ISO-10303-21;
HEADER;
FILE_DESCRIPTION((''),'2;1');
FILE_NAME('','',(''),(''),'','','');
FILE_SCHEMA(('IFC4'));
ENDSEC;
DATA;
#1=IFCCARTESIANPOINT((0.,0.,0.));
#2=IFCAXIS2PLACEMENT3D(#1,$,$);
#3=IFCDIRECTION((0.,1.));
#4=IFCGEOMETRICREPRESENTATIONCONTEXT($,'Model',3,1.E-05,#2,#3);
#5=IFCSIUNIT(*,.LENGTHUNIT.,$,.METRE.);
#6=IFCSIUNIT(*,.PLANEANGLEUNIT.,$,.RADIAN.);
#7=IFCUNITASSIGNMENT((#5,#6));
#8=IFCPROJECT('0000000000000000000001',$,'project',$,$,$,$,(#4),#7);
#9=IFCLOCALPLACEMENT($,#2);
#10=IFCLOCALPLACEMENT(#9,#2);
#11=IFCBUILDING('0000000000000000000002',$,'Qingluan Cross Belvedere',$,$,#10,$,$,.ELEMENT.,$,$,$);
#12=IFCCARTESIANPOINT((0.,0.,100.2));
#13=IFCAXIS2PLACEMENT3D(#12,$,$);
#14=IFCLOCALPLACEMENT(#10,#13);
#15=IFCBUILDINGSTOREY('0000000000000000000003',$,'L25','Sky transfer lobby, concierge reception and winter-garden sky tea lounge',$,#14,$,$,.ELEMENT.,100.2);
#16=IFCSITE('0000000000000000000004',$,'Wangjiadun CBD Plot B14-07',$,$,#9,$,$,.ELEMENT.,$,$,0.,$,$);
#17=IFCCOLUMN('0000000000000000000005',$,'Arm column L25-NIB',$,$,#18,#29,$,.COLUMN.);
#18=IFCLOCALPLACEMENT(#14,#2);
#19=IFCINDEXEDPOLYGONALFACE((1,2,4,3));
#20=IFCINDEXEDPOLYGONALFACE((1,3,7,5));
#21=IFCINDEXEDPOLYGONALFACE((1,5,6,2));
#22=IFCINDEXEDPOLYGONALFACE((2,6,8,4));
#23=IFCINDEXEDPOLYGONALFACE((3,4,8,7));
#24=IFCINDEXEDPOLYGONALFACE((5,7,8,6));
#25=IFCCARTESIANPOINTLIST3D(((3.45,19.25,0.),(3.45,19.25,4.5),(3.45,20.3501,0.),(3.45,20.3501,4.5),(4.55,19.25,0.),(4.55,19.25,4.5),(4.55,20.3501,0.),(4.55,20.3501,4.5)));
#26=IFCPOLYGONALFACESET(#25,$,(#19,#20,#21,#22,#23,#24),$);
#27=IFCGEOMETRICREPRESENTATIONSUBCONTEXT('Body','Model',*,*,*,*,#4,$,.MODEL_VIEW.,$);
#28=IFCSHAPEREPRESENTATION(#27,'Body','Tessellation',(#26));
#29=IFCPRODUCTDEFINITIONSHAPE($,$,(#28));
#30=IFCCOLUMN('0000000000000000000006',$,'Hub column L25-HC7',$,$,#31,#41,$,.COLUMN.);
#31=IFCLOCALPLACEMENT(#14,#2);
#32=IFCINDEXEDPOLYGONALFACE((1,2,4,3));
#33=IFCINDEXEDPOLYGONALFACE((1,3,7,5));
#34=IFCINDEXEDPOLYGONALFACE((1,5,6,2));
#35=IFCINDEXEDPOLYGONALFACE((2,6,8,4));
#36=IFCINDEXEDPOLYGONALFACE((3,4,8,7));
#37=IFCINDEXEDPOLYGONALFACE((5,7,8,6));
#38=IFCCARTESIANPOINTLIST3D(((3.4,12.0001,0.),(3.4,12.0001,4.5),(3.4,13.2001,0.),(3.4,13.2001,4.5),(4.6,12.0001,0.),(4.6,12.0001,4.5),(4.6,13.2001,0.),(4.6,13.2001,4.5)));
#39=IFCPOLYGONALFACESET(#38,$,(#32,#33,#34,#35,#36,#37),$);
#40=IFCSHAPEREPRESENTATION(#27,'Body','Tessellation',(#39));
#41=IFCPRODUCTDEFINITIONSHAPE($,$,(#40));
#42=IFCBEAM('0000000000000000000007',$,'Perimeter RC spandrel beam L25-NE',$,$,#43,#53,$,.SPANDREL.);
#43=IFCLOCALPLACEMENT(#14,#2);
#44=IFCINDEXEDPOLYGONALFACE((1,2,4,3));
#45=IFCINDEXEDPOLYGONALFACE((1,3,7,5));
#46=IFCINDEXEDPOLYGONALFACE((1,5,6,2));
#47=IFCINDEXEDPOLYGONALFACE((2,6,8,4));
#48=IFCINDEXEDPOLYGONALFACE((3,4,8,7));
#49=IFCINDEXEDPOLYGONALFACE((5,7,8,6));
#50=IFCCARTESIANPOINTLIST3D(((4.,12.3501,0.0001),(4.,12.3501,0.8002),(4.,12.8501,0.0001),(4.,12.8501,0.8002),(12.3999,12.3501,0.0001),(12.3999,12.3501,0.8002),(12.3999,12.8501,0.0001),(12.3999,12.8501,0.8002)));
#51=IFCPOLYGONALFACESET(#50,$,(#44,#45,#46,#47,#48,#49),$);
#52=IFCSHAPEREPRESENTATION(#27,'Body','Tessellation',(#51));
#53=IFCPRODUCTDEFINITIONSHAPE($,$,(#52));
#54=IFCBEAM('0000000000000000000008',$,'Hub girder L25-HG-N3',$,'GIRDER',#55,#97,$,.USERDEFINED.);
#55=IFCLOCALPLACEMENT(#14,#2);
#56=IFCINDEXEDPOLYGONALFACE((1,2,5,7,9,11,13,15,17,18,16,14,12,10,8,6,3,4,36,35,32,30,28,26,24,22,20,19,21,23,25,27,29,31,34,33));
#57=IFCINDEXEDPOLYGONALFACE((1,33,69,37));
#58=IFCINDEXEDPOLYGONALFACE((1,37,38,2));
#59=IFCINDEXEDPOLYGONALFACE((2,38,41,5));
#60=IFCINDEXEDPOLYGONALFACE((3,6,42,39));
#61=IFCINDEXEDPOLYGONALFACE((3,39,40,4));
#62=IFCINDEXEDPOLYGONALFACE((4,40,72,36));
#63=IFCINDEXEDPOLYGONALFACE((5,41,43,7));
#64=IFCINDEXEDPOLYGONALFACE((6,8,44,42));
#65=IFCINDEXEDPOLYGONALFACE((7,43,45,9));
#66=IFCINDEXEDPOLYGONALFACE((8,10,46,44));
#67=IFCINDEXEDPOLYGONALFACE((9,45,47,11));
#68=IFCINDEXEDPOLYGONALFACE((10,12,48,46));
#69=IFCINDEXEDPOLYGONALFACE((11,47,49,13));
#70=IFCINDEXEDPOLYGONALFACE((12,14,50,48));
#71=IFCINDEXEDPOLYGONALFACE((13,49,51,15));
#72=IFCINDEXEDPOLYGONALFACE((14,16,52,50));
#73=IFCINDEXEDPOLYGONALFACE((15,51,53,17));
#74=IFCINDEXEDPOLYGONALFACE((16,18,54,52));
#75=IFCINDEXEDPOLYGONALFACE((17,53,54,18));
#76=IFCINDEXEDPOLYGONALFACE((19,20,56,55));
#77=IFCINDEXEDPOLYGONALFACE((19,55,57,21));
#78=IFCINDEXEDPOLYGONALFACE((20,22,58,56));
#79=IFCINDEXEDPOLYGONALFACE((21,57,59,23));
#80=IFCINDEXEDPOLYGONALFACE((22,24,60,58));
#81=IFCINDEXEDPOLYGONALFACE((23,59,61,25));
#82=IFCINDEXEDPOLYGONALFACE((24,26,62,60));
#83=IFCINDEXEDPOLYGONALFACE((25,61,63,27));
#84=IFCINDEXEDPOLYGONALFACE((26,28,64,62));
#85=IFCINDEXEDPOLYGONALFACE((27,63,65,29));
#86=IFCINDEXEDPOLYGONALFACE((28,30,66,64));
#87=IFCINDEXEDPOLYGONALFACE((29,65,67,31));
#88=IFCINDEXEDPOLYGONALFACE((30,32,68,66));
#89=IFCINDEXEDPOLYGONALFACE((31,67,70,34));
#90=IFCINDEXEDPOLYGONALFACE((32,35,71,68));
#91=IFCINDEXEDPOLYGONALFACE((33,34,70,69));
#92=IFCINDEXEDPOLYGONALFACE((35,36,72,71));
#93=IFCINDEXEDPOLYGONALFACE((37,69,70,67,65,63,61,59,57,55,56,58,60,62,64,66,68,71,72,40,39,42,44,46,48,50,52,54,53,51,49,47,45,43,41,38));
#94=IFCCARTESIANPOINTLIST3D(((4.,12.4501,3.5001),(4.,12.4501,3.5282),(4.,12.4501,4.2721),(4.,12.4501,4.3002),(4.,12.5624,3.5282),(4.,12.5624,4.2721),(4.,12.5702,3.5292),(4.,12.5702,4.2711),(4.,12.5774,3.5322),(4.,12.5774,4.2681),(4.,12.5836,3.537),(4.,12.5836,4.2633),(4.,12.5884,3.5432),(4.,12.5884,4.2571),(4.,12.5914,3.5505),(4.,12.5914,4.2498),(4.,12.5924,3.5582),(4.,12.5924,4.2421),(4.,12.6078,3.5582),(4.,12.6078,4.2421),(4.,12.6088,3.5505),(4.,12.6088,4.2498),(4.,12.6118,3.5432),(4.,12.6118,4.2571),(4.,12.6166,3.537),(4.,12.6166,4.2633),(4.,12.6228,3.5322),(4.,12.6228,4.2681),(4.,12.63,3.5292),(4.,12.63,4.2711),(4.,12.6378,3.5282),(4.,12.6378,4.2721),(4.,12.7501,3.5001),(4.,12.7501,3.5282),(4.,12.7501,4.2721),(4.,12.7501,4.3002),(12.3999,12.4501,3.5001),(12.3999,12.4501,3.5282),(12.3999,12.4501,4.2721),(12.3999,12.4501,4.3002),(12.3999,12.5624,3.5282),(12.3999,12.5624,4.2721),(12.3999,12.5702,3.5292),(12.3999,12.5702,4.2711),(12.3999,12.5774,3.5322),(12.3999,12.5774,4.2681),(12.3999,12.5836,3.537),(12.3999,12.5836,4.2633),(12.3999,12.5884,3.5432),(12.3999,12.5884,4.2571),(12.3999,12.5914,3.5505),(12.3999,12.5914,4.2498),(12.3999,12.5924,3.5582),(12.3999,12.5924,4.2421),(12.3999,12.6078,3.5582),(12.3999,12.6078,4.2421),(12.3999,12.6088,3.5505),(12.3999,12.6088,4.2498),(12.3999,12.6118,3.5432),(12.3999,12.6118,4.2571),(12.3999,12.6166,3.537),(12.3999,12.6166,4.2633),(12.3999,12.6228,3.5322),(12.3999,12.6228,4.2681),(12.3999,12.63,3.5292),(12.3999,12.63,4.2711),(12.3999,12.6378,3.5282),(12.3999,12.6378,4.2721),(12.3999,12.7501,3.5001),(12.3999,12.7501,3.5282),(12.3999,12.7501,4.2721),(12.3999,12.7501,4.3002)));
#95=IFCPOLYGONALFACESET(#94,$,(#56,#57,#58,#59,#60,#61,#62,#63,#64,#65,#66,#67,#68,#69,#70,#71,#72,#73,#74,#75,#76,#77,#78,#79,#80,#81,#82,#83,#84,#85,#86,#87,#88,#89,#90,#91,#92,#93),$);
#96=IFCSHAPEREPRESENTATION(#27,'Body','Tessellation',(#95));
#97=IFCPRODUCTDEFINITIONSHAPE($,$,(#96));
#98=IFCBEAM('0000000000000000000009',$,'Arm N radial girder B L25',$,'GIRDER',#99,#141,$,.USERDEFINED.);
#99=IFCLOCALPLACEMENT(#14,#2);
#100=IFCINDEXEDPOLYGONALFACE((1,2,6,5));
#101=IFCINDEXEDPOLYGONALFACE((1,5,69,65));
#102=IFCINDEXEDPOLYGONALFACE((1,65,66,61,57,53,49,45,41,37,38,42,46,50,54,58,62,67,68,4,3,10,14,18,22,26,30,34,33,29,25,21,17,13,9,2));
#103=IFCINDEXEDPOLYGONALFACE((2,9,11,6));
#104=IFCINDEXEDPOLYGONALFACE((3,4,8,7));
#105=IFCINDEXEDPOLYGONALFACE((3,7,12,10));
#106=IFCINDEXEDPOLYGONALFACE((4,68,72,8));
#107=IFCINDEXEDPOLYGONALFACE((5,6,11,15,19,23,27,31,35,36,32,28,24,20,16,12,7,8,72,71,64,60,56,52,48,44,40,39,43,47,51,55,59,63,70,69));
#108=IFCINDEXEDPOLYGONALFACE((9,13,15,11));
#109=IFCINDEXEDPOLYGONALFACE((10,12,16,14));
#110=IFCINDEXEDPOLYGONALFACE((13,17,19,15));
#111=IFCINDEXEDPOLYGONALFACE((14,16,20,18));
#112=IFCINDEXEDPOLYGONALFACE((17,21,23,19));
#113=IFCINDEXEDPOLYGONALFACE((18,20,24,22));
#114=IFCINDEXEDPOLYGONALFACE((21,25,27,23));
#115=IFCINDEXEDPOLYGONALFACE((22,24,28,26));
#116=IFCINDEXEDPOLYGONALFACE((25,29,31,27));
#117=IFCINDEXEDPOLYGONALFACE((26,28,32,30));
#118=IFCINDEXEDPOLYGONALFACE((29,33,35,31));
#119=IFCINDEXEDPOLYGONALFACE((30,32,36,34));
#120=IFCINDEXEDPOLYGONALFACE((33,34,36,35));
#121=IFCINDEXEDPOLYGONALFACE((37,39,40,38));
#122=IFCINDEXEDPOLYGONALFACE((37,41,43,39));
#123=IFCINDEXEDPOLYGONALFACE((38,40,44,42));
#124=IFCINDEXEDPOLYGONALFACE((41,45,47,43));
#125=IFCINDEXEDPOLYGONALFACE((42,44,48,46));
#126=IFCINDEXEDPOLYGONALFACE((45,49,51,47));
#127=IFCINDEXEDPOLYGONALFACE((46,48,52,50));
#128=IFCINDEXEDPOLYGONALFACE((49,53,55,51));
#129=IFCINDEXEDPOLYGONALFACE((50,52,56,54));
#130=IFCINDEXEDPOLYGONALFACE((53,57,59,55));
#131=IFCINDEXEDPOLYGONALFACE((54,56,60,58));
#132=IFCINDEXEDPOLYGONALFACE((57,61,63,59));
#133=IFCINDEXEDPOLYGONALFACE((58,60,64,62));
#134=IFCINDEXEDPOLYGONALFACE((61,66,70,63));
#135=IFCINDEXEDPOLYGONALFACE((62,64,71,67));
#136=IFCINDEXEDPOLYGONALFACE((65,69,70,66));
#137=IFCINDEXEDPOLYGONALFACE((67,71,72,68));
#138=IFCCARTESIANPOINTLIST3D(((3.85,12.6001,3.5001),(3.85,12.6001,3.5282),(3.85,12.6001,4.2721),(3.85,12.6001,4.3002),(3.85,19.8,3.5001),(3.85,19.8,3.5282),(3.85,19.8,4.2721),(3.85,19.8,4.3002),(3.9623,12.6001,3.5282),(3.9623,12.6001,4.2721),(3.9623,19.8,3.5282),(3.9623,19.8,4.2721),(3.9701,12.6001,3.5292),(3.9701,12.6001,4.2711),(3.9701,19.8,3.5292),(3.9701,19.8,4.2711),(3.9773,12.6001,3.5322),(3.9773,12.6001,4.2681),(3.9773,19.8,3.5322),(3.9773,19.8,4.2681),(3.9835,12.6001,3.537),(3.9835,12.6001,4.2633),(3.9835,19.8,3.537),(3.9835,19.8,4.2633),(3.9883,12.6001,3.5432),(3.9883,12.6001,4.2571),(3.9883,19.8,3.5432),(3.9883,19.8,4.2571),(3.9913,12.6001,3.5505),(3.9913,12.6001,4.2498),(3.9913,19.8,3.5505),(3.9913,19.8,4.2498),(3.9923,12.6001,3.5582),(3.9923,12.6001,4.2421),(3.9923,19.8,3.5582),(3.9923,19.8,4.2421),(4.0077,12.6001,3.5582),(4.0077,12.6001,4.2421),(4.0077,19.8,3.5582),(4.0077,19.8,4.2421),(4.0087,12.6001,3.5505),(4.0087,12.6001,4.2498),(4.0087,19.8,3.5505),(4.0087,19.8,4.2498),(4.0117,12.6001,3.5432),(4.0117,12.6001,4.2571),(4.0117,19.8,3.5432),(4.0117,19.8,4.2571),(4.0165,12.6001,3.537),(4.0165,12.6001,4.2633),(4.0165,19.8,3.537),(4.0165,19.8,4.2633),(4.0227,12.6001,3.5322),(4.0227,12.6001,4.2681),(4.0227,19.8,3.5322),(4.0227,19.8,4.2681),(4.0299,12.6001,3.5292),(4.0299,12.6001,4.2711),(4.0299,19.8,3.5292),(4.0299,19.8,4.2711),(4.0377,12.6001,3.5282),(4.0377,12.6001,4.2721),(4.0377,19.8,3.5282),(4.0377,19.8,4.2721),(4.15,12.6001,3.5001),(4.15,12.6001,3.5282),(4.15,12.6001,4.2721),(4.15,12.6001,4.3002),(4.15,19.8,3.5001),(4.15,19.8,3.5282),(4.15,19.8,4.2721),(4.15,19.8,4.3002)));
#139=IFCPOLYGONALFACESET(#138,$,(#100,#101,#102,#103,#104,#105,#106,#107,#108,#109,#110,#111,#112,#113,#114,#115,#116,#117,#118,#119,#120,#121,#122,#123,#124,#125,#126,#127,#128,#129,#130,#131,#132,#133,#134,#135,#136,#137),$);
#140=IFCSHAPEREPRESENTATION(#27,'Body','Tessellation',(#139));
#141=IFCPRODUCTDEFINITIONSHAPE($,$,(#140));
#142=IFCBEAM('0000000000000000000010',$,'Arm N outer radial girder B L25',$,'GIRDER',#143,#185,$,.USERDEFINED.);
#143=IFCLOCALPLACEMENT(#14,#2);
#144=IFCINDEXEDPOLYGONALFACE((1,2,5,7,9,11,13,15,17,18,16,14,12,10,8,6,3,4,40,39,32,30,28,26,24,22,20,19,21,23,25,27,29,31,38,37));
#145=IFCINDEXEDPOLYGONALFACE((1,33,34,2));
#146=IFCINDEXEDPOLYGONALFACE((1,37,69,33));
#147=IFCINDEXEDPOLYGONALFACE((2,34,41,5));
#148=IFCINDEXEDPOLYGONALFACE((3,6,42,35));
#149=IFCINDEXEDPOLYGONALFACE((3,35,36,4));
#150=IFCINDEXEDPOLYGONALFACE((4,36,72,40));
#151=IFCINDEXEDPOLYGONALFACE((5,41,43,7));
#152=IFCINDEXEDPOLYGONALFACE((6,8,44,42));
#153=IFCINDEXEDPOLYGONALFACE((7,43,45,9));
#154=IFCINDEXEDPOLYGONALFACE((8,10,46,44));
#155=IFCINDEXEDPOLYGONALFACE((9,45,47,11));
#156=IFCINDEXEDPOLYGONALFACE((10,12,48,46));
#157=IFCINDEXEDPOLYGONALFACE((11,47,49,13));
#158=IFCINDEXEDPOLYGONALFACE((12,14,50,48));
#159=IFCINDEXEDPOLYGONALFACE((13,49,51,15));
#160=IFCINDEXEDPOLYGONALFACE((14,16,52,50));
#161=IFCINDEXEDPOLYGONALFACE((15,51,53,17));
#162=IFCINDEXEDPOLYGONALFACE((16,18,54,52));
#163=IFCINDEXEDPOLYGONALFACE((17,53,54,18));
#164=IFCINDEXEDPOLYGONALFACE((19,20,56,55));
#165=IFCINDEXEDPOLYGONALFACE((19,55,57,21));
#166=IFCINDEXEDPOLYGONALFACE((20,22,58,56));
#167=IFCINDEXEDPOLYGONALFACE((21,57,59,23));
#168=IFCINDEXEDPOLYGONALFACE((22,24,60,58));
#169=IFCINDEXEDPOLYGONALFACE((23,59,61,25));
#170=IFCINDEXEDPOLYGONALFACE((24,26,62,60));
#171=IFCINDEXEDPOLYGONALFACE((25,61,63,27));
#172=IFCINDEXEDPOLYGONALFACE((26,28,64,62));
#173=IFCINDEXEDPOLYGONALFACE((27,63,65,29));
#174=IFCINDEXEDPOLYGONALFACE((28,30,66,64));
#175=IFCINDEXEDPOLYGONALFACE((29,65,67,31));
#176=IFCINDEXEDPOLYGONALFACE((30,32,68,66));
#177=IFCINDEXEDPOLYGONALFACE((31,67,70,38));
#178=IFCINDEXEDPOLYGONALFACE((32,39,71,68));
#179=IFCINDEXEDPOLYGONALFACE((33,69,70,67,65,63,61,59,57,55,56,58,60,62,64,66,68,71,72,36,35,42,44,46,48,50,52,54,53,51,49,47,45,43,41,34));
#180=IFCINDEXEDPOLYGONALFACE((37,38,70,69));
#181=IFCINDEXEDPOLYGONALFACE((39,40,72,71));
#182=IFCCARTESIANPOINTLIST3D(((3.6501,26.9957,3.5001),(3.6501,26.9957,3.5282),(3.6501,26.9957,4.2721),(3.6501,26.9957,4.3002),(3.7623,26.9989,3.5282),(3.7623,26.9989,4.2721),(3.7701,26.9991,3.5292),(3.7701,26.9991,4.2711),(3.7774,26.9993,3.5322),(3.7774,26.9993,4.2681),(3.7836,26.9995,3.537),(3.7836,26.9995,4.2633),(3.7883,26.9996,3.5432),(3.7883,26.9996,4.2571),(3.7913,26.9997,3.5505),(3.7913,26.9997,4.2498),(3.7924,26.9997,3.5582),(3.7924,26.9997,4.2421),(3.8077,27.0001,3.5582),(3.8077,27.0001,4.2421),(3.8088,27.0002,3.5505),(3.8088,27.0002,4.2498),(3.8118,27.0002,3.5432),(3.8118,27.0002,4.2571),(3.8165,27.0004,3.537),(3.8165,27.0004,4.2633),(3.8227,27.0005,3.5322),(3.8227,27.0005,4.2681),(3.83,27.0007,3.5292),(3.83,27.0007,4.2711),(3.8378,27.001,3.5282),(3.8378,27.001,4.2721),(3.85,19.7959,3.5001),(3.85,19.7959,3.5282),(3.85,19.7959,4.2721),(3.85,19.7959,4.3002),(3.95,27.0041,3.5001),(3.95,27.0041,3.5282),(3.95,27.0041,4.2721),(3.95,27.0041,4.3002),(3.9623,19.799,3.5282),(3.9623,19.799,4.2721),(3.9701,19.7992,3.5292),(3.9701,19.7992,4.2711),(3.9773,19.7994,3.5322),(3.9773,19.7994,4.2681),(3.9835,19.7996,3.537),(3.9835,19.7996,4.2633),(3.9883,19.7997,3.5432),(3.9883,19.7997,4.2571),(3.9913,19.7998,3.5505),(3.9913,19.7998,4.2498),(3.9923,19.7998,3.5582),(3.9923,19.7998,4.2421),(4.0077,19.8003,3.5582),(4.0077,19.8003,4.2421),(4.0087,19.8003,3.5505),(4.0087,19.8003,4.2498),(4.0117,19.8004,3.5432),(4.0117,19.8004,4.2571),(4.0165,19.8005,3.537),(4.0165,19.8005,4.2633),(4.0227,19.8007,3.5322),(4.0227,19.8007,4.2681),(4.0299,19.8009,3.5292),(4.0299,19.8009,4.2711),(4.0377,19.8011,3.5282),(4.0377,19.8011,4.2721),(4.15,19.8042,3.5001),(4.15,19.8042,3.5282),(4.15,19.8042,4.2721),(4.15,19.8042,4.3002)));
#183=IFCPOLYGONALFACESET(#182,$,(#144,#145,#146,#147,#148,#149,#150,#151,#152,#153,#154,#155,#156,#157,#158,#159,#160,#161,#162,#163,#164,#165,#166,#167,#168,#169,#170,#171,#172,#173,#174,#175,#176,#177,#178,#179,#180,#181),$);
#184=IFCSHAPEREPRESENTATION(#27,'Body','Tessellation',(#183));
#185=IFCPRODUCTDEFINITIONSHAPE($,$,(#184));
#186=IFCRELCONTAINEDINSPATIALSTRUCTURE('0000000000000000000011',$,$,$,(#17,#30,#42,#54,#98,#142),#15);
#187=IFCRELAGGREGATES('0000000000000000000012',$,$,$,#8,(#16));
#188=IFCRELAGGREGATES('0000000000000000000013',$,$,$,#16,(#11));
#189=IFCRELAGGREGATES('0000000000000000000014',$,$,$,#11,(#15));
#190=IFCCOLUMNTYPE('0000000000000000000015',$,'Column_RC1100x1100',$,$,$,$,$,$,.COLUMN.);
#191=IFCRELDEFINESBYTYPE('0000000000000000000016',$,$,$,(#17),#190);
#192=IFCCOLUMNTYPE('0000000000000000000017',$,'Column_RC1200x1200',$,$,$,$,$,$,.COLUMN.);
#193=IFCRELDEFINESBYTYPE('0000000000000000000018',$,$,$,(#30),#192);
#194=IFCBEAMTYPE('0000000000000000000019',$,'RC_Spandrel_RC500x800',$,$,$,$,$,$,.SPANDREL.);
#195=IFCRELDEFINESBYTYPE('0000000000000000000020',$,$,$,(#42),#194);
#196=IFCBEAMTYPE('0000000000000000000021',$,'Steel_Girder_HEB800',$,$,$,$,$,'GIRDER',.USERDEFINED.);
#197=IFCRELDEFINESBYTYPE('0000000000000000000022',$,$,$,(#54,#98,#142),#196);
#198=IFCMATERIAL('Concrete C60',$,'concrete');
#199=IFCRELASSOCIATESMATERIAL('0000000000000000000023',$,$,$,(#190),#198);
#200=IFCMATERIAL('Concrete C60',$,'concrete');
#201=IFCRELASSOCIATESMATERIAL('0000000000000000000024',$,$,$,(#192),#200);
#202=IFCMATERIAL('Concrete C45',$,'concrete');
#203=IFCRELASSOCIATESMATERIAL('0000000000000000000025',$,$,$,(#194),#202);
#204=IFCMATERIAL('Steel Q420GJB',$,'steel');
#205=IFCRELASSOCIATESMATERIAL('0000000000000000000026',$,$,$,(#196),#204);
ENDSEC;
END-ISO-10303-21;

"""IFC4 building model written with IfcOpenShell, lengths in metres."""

from ifc_helpers import new_model, si_unit, direction, frame, origin, origin_2d, place, context, subcontext, project, spatial, rectangle, i_section, extrude, material, material_profile, profile_set, type_object, element, save


model = new_model("IFC4")

# Units and contexts
model_context = context("Model", 3, precision=1e-05, world=origin(), true_north=direction((0.0, 1.0)))
body_context = subcontext(model_context, "Body", "Model", "MODEL_VIEW")
ifc_project = project(units=[si_unit("LENGTHUNIT", "METRE"), si_unit("PLANEANGLEUNIT", "RADIAN")], contexts=[model_context])

# Site, building, storey
site_placement = place(None, origin())
site = spatial("IfcSite", under=ifc_project, at=site_placement, Name="Wangjiadun CBD Plot B14-07", CompositionType="ELEMENT", RefElevation=0.0)
building_placement = place(site_placement, origin())
building = spatial("IfcBuilding", under=site, at=building_placement, Name="Qingluan Cross Belvedere", CompositionType="ELEMENT")
storey_placement = place(building_placement, frame((0.0, 0.0, 100.2)))
storey = spatial("IfcBuildingStorey", under=building, at=storey_placement, Name="L25", Description="Sky transfer lobby, concierge reception and winter-garden sky tea lounge", CompositionType="ELEMENT", Elevation=100.2)

# Columns
ifc_material_1 = material(Name="Concrete C60", Category="concrete")
ifc_material_profile_1 = material_profile(ifc_material_1, rectangle(XDim=1.1001, YDim=1.1001, at=origin_2d()), Name="RC1100x1100")
ifc_profile_set_1 = profile_set([ifc_material_profile_1], Name="Concrete C60")
column_type_1 = type_object("IfcColumnType", Name="Column_RC1100x1100", PredefinedType="COLUMN", material=ifc_profile_set_1)
column_1_placement = place(storey_placement, frame((4.0, 19.8, 0.0), z_axis=(0.0, 0.0, 1.0), x_axis=(1.0, 0.0, 0.0)))
element("IfcColumn", 1, at=column_1_placement, inside=storey, type_object=column_type_1, Name="Arm column L25-NIB", PredefinedType="COLUMN", context=body_context, shape_type="SweptSolid", body=[
    extrude(rectangle(XDim=1.1001, YDim=1.1001, at=origin_2d()), origin(), (0.0, 0.0, 1.0), 4.5),
])
ifc_material_2 = material(Name="Concrete C60", Category="concrete")
ifc_material_profile_2 = material_profile(ifc_material_2, rectangle(XDim=1.2, YDim=1.2, at=origin_2d()), Name="RC1200x1200")
ifc_profile_set_2 = profile_set([ifc_material_profile_2], Name="Concrete C60")
column_type_2 = type_object("IfcColumnType", Name="Column_RC1200x1200", PredefinedType="COLUMN", material=ifc_profile_set_2)
column_2_placement = place(storey_placement, frame((4.0, 12.6001, 0.0), z_axis=(0.0, 0.0, 1.0), x_axis=(1.0, 0.0, 0.0)))
element("IfcColumn", 2, at=column_2_placement, inside=storey, type_object=column_type_2, Name="Hub column L25-HC7", PredefinedType="COLUMN", context=body_context, shape_type="SweptSolid", body=[
    extrude(rectangle(XDim=1.2, YDim=1.2, at=origin_2d()), origin(), (0.0, 0.0, 1.0), 4.5),
])

# Beams
ifc_material_3 = material(Name="Concrete C45", Category="concrete")
ifc_material_profile_3 = material_profile(ifc_material_3, rectangle(XDim=0.5, YDim=0.8, at=origin_2d()), Name="RC500x800")
ifc_profile_set_3 = profile_set([ifc_material_profile_3], Name="Concrete C45")
beam_type_1 = type_object("IfcBeamType", Name="RC_Spandrel_RC500x800", PredefinedType="SPANDREL", material=ifc_profile_set_3)
beam_1_placement = place(storey_placement, frame((4.0, 12.6001, 0.4001), z_axis=(1.0, 0.0, 0.0), x_axis=(0.0, 1.0, 0.0)))
element("IfcBeam", 3, at=beam_1_placement, inside=storey, type_object=beam_type_1, Name="Perimeter RC spandrel beam L25-NE", PredefinedType="SPANDREL", context=body_context, shape_type="SweptSolid", body=[
    extrude(rectangle(XDim=0.5, YDim=0.8, at=origin_2d()), origin(), (0.0, 0.0, 1.0), 8.3999),
])
ifc_material_4 = material(Name="Steel Q420GJB", Category="steel")
ifc_material_profile_4 = material_profile(ifc_material_4, i_section(OverallWidth=0.3, OverallDepth=0.8, WebThickness=0.0154, FlangeThickness=0.0281, FilletRadius=0.03, at=origin_2d()), Name="HEB800")
ifc_profile_set_4 = profile_set([ifc_material_profile_4], Name="Steel Q420GJB")
beam_type_2 = type_object("IfcBeamType", Name="Steel_Girder_HEB800", ElementType="GIRDER", PredefinedType="USERDEFINED", material=ifc_profile_set_4)
beam_2_placement = place(storey_placement, frame((4.0, 12.6001, 3.9001), z_axis=(1.0, 0.0, 0.0), x_axis=(0.0, 1.0, 0.0)))
element("IfcBeam", 4, at=beam_2_placement, inside=storey, type_object=beam_type_2, Name="Hub girder L25-HG-N3", ObjectType="GIRDER", PredefinedType="USERDEFINED", context=body_context, shape_type="SweptSolid", body=[
    extrude(i_section(OverallWidth=0.3, OverallDepth=0.8, WebThickness=0.0154, FlangeThickness=0.0281, FilletRadius=0.03, at=origin_2d()), origin(), (0.0, 0.0, 1.0), 8.3999),
])
beam_3_placement = place(storey_placement, frame((4.0, 12.6001, 3.9001), z_axis=(0.0, 1.0, 0.0), x_axis=(-1.0, 0.0, 0.0)))
element("IfcBeam", 5, at=beam_3_placement, inside=storey, type_object=beam_type_2, Name="Arm N radial girder B L25", ObjectType="GIRDER", PredefinedType="USERDEFINED", context=body_context, shape_type="SweptSolid", body=[
    extrude(i_section(OverallWidth=0.3, OverallDepth=0.8, WebThickness=0.0154, FlangeThickness=0.0281, FilletRadius=0.03, at=origin_2d()), origin(), (0.0, 0.0, 1.0), 7.2),
])
beam_4_placement = place(storey_placement, frame((4.0, 19.8, 3.9001), z_axis=(-0.02776, 0.999615, 0.0), x_axis=(-0.999615, -0.02776, 0.0)))
element("IfcBeam", 6, at=beam_4_placement, inside=storey, type_object=beam_type_2, Name="Arm N outer radial girder B L25", ObjectType="GIRDER", PredefinedType="USERDEFINED", context=body_context, shape_type="SweptSolid", body=[
    extrude(i_section(OverallWidth=0.3, OverallDepth=0.8, WebThickness=0.0154, FlangeThickness=0.0281, FilletRadius=0.03, at=origin_2d()), origin(), (0.0, 0.0, 1.0), 7.2026),
])

save(model, "model.ifc")
